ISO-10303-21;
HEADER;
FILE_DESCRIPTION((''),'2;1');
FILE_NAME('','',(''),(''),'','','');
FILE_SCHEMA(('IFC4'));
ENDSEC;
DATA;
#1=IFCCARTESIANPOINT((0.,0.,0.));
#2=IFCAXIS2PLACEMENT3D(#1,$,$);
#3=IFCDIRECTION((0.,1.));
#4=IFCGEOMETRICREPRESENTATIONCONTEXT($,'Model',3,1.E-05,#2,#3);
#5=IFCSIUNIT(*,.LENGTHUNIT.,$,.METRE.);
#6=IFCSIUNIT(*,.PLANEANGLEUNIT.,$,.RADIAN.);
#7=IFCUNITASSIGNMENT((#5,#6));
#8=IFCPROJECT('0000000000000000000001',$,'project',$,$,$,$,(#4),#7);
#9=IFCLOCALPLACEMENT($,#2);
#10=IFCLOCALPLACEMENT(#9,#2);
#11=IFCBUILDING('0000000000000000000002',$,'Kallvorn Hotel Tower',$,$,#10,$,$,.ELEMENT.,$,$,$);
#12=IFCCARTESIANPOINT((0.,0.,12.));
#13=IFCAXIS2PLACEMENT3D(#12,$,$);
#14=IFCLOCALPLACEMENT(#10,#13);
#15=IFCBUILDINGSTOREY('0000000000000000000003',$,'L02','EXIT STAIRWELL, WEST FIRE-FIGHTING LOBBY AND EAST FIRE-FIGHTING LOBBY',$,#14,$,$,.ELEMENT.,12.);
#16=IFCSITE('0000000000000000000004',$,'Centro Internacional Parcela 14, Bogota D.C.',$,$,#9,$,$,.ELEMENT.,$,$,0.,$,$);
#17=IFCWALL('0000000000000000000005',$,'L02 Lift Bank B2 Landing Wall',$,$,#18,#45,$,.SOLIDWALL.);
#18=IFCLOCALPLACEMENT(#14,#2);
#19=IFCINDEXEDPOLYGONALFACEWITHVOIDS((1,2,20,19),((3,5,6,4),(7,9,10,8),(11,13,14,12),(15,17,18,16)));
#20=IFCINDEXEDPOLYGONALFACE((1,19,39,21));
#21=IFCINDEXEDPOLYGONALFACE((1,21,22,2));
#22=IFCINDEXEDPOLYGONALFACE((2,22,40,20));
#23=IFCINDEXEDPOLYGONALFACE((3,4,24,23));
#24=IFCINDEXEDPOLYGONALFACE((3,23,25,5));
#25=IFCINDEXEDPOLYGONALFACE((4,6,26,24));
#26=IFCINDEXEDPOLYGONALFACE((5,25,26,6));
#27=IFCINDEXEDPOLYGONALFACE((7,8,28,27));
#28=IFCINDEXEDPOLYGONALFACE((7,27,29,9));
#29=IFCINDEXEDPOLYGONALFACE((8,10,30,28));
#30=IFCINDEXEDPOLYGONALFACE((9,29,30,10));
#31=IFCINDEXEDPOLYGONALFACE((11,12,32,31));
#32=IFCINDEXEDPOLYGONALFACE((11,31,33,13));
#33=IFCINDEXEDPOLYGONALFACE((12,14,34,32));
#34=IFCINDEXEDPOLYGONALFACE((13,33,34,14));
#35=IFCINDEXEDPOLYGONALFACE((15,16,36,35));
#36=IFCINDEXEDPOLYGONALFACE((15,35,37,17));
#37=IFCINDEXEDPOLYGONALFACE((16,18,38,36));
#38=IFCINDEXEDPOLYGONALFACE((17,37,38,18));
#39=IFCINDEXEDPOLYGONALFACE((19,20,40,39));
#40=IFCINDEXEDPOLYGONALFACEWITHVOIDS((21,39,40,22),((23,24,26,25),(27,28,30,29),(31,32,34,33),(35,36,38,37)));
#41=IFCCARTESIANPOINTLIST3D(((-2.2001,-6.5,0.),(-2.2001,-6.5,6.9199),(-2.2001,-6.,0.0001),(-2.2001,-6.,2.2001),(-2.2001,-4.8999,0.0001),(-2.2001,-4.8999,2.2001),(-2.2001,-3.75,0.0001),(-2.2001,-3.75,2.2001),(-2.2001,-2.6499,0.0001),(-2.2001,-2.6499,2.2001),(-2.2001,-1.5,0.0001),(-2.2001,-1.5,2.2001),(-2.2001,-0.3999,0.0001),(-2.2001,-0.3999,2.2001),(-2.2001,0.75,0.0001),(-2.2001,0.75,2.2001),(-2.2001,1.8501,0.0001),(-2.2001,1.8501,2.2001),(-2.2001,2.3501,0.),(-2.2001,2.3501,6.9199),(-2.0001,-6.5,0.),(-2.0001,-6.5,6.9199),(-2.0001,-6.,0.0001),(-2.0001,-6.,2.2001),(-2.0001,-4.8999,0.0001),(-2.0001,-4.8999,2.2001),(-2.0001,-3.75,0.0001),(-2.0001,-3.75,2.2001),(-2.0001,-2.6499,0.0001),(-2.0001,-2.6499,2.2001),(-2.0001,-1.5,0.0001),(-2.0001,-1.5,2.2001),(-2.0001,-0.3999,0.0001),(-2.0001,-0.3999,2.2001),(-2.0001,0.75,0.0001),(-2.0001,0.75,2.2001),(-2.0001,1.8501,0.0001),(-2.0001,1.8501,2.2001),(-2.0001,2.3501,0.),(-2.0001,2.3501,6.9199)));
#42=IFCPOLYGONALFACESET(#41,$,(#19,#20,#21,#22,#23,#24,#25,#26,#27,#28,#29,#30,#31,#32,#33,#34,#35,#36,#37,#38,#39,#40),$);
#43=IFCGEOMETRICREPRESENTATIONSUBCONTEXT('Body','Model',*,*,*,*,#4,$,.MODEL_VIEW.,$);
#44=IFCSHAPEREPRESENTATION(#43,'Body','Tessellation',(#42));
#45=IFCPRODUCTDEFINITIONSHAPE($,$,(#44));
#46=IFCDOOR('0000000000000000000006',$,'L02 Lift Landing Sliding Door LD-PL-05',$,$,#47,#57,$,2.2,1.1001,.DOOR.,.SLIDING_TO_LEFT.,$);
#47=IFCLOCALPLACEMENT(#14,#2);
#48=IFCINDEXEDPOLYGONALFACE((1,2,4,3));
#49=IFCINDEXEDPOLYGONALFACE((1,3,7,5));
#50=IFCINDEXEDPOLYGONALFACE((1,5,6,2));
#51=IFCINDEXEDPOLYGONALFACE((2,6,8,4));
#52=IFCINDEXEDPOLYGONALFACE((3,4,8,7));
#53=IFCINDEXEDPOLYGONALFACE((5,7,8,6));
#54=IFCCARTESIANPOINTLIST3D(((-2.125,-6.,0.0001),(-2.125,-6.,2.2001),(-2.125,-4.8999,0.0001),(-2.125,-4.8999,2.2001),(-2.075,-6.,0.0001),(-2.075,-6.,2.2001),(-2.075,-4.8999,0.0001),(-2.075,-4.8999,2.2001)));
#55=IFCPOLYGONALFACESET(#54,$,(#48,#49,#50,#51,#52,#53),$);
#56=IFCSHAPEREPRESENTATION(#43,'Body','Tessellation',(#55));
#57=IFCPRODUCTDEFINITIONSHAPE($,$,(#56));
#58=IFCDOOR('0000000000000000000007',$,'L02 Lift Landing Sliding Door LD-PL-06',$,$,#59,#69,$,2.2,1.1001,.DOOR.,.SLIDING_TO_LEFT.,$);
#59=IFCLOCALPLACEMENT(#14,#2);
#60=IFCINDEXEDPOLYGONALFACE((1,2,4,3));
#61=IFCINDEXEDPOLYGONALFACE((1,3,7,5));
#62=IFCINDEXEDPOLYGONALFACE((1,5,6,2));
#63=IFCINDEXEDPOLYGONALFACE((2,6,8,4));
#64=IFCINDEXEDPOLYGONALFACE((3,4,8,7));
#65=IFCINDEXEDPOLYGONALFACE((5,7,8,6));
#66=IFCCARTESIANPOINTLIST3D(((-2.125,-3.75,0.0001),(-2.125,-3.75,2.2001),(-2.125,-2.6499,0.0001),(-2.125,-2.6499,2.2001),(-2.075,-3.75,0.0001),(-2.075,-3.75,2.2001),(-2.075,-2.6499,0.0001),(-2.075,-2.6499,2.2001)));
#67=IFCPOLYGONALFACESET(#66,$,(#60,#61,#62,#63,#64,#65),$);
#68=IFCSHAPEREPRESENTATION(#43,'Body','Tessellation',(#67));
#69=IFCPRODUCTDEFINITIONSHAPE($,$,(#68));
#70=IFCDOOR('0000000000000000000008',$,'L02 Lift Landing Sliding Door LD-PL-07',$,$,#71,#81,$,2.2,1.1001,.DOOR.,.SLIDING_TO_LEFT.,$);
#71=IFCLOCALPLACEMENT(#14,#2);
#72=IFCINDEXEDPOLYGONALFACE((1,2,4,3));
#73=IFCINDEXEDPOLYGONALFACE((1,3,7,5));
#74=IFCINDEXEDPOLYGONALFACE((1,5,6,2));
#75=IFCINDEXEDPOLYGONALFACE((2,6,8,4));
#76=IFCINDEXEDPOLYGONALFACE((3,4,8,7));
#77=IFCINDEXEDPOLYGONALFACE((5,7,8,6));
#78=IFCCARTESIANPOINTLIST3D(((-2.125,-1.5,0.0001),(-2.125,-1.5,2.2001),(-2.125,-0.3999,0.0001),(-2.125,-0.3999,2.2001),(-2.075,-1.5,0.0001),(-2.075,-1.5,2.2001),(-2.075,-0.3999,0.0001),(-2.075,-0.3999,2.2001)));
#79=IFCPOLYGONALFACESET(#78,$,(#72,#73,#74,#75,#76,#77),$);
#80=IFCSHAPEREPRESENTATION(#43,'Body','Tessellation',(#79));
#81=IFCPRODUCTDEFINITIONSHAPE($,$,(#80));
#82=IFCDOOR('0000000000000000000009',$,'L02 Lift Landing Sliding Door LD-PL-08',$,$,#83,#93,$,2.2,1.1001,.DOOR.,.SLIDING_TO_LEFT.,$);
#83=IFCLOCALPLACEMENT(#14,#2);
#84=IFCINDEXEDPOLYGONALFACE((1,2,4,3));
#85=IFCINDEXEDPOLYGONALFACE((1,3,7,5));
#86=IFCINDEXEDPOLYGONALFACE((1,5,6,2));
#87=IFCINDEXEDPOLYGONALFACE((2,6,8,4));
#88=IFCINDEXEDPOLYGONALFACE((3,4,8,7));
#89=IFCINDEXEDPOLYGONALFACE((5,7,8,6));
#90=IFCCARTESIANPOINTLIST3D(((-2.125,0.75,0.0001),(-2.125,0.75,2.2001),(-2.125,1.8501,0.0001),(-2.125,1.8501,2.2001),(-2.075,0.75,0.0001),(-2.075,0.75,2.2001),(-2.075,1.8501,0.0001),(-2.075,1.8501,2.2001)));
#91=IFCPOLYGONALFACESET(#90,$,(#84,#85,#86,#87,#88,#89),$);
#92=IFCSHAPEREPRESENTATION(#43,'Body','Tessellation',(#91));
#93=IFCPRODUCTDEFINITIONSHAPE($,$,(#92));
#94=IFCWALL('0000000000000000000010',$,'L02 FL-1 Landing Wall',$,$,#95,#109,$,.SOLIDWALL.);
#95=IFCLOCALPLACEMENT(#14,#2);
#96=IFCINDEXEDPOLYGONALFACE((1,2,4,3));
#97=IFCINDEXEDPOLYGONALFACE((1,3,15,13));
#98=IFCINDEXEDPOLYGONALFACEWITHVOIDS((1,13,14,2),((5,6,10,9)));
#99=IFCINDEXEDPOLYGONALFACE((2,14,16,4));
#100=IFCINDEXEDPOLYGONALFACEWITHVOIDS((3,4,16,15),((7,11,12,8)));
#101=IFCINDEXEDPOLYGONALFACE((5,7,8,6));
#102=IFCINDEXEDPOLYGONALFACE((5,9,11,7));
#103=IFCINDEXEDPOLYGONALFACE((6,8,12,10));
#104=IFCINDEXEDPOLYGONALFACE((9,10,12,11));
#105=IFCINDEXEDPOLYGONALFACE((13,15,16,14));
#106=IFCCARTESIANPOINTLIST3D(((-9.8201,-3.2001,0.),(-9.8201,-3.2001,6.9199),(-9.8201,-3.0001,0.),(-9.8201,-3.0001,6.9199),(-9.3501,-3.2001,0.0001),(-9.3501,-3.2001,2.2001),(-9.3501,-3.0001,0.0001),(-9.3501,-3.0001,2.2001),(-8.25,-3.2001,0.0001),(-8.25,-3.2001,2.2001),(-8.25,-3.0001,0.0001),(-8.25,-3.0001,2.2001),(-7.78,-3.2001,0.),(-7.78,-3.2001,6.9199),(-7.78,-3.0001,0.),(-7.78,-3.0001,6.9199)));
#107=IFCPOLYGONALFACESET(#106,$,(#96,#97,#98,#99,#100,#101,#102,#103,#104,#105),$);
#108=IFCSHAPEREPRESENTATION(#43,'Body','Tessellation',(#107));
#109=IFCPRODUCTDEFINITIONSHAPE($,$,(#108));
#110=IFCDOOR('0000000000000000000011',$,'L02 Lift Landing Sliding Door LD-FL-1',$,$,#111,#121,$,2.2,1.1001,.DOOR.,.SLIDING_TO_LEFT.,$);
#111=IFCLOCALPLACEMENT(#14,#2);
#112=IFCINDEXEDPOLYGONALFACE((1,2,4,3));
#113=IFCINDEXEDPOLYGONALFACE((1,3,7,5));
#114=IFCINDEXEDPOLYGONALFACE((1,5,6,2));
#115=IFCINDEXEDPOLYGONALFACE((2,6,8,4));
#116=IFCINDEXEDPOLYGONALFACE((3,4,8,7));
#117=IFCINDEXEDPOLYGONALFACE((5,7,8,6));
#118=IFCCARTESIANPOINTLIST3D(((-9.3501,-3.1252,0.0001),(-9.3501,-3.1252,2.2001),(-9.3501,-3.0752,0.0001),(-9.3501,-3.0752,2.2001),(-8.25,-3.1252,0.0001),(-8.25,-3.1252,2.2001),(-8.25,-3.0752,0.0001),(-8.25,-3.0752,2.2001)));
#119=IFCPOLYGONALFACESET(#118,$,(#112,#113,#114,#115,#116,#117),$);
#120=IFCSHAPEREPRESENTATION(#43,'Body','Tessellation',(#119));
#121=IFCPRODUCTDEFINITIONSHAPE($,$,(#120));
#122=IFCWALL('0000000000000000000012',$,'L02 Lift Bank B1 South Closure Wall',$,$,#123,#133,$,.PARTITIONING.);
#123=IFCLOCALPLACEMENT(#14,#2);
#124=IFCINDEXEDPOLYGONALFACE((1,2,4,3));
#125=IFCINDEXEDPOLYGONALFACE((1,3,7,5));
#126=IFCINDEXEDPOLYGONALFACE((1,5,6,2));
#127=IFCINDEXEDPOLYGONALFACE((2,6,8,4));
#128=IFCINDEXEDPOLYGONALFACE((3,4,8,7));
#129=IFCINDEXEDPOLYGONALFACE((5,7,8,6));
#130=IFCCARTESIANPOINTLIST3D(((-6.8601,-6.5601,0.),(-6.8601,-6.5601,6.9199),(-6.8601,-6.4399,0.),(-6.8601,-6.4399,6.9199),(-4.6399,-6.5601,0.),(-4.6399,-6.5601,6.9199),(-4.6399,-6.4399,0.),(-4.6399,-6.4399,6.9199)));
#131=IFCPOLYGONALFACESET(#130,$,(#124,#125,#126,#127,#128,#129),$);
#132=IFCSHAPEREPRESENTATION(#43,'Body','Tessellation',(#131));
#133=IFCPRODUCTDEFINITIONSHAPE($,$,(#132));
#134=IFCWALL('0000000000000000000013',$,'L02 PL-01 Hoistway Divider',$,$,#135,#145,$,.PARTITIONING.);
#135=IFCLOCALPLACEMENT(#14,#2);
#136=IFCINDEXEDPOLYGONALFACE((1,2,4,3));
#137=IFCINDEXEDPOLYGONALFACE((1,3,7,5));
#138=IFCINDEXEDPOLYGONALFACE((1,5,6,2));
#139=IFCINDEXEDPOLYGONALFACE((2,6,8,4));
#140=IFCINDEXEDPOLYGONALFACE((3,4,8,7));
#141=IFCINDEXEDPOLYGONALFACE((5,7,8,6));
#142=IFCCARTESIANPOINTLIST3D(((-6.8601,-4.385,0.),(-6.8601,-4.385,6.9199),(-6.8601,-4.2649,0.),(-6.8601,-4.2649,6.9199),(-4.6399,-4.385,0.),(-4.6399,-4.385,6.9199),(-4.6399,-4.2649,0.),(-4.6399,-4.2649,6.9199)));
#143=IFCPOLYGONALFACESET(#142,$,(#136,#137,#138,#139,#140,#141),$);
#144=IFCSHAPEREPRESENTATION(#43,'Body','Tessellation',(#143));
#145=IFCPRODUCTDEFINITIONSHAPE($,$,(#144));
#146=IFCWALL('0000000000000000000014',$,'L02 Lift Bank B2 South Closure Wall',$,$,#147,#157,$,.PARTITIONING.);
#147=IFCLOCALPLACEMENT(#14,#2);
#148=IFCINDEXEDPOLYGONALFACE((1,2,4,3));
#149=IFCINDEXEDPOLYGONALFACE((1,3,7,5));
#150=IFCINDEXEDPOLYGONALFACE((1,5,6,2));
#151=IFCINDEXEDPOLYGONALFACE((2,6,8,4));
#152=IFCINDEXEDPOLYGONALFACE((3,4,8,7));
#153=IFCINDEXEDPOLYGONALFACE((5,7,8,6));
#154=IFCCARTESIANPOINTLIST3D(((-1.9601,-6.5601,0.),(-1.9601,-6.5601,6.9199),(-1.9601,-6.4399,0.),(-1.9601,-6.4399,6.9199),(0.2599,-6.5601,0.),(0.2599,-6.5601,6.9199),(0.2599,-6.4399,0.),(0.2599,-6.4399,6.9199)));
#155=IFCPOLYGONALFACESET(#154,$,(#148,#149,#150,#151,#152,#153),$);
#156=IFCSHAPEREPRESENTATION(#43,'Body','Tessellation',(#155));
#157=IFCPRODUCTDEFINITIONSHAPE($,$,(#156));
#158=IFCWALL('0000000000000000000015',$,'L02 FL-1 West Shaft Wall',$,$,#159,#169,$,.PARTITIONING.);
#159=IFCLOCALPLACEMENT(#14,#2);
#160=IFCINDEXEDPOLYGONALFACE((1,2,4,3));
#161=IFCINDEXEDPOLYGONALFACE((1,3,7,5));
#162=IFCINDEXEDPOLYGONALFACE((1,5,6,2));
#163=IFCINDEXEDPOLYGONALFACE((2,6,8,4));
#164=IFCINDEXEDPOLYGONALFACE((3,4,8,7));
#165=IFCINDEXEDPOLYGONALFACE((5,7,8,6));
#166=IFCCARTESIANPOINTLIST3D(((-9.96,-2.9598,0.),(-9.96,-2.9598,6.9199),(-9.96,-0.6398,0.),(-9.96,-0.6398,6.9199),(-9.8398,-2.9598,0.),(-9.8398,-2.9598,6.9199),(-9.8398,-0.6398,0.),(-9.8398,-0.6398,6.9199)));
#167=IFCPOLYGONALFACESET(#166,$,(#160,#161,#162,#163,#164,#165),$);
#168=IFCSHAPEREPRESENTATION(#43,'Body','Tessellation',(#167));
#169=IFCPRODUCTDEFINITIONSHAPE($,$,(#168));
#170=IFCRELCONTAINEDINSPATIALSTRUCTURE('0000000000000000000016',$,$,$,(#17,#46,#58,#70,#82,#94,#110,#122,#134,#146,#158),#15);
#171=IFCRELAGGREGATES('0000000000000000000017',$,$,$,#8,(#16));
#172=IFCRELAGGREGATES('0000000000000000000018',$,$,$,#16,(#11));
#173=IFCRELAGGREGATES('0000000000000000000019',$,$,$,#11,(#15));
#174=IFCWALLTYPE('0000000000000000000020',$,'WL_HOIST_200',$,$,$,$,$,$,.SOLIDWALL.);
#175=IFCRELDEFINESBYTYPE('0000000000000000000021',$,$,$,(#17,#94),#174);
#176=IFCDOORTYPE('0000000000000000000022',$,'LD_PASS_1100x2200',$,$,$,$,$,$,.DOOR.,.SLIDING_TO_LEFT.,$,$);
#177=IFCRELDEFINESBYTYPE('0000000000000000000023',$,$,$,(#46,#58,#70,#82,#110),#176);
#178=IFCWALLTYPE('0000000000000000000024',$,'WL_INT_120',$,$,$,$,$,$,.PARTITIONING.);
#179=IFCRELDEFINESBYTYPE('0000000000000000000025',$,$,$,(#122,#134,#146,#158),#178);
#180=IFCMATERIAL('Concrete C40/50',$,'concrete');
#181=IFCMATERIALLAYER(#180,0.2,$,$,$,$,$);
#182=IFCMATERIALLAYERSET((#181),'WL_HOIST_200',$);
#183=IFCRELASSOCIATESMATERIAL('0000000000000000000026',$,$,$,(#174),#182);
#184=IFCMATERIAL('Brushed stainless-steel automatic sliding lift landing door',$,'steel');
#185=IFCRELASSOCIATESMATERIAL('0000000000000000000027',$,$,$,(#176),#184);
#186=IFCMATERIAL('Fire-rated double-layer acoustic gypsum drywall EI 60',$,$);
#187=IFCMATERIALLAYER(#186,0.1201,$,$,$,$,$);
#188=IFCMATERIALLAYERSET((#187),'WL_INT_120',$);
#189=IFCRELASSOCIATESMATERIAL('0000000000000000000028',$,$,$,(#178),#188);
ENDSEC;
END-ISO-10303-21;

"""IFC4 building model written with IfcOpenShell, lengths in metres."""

from ifc_helpers import new_model, si_unit, direction, frame, frame_2d, origin, place, context, subcontext, project, spatial, rectangle, extrude, material, layer, layer_set, type_object, element, fill, save


model = new_model("IFC4")

# Units and contexts
model_context = context("Model", 3, precision=1e-05, world=origin(), true_north=direction((0.0, 1.0)))
body_context = subcontext(model_context, "Body", "Model", "MODEL_VIEW")
ifc_project = project(units=[si_unit("LENGTHUNIT", "METRE"), si_unit("PLANEANGLEUNIT", "RADIAN")], contexts=[model_context])

# Site, building, storey
site_placement = place(None, origin())
site = spatial("IfcSite", under=ifc_project, at=site_placement, Name="Centro Internacional Parcela 14, Bogota D.C.", CompositionType="ELEMENT", RefElevation=0.0)
building_placement = place(site_placement, origin())
building = spatial("IfcBuilding", under=site, at=building_placement, Name="Kallvorn Hotel Tower", CompositionType="ELEMENT")
storey_placement = place(building_placement, frame((0.0, 0.0, 12.0)))
storey = spatial("IfcBuildingStorey", under=building, at=storey_placement, Name="L02", Description="EXIT STAIRWELL, WEST FIRE-FIGHTING LOBBY AND EAST FIRE-FIGHTING LOBBY", CompositionType="ELEMENT", Elevation=12.0)

# Wall, openings, doors
ifc_material_1 = material(Name="Concrete C40/50", Category="concrete")
ifc_layer_1 = layer(ifc_material_1, 0.2)
ifc_layer_set_1 = layer_set([ifc_layer_1], Name="WL_HOIST_200")
wall_type_1 = type_object("IfcWallType", Name="WL_HOIST_200", PredefinedType="SOLIDWALL", material=ifc_layer_set_1)
ifc_material_2 = material(Name="Brushed stainless-steel automatic sliding lift landing door", Category="steel")
door_type = type_object("IfcDoorType", Name="LD_PASS_1100x2200", OperationType="SLIDING_TO_LEFT", PredefinedType="DOOR", material=ifc_material_2)
wall_1_placement = place(storey_placement, frame((-2.1001, -6.5, 0.0), z_axis=(0.0, 0.0, 1.0), x_axis=(0.0, 1.0, 0.0)))
wall_1 = element("IfcWall", 1, at=wall_1_placement, inside=storey, type_object=wall_type_1, Name="L02 Lift Bank B2 Landing Wall", PredefinedType="SOLIDWALL", context=body_context, shape_type="SweptSolid", body=[
    extrude(rectangle(XDim=8.8501, YDim=0.2, at=frame_2d((4.425, 0.0))), origin(), (0.0, 0.0, 1.0), 6.9199),
])
opening_1_placement = place(wall_1_placement, frame((0.5, 0.0, 0.0)))
opening_1 = element("IfcOpeningElement", 2, at=opening_1_placement, cuts=wall_1, PredefinedType="OPENING", context=body_context, shape_type="SweptSolid", body=[
    extrude(rectangle(XDim=1.1001, YDim=2.2, at=frame_2d((0.55, 1.1001))), frame((0.0, 0.115, 0.0), z_axis=(0.0, -1.0, 0.0), x_axis=(1.0, 0.0, 0.0)), (0.0, 0.0, 1.0), 0.23),
])
opening_2_placement = place(wall_1_placement, frame((2.75, 0.0, 0.0)))
opening_2 = element("IfcOpeningElement", 3, at=opening_2_placement, cuts=wall_1, PredefinedType="OPENING", context=body_context, shape_type="SweptSolid", body=[
    extrude(rectangle(XDim=1.1001, YDim=2.2, at=frame_2d((0.55, 1.1001))), frame((0.0, 0.115, 0.0), z_axis=(0.0, -1.0, 0.0), x_axis=(1.0, 0.0, 0.0)), (0.0, 0.0, 1.0), 0.23),
])
opening_3_placement = place(wall_1_placement, frame((5.0, 0.0, 0.0)))
opening_3 = element("IfcOpeningElement", 4, at=opening_3_placement, cuts=wall_1, PredefinedType="OPENING", context=body_context, shape_type="SweptSolid", body=[
    extrude(rectangle(XDim=1.1001, YDim=2.2, at=frame_2d((0.55, 1.1001))), frame((0.0, 0.115, 0.0), z_axis=(0.0, -1.0, 0.0), x_axis=(1.0, 0.0, 0.0)), (0.0, 0.0, 1.0), 0.23),
])
opening_4_placement = place(wall_1_placement, frame((7.25, 0.0, 0.0)))
opening_4 = element("IfcOpeningElement", 5, at=opening_4_placement, cuts=wall_1, PredefinedType="OPENING", context=body_context, shape_type="SweptSolid", body=[
    extrude(rectangle(XDim=1.1001, YDim=2.2, at=frame_2d((0.55, 1.1001))), frame((0.0, 0.115, 0.0), z_axis=(0.0, -1.0, 0.0), x_axis=(1.0, 0.0, 0.0)), (0.0, 0.0, 1.0), 0.23),
])
door_1_placement = place(opening_1_placement, origin())
door_1 = element("IfcDoor", 6, at=door_1_placement, inside=storey, type_object=door_type, Name="L02 Lift Landing Sliding Door LD-PL-05", OperationType="SLIDING_TO_LEFT", OverallHeight=2.2, OverallWidth=1.1001, PredefinedType="DOOR", context=body_context, shape_type="SweptSolid", body=[
    extrude(rectangle(XDim=1.1001, YDim=2.2, at=frame_2d((0.55, 1.1001))), frame((0.0, 0.0249, 0.0), z_axis=(0.0, -1.0, 0.0), x_axis=(1.0, 0.0, 0.0)), (0.0, 0.0, 1.0), 0.05),
])
fill(opening_1, door_1)
door_2_placement = place(opening_2_placement, origin())
door_2 = element("IfcDoor", 7, at=door_2_placement, inside=storey, type_object=door_type, Name="L02 Lift Landing Sliding Door LD-PL-06", OperationType="SLIDING_TO_LEFT", OverallHeight=2.2, OverallWidth=1.1001, PredefinedType="DOOR", context=body_context, shape_type="SweptSolid", body=[
    extrude(rectangle(XDim=1.1001, YDim=2.2, at=frame_2d((0.55, 1.1001))), frame((0.0, 0.0249, 0.0), z_axis=(0.0, -1.0, 0.0), x_axis=(1.0, 0.0, 0.0)), (0.0, 0.0, 1.0), 0.05),
])
fill(opening_2, door_2)
door_3_placement = place(opening_3_placement, origin())
door_3 = element("IfcDoor", 8, at=door_3_placement, inside=storey, type_object=door_type, Name="L02 Lift Landing Sliding Door LD-PL-07", OperationType="SLIDING_TO_LEFT", OverallHeight=2.2, OverallWidth=1.1001, PredefinedType="DOOR", context=body_context, shape_type="SweptSolid", body=[
    extrude(rectangle(XDim=1.1001, YDim=2.2, at=frame_2d((0.55, 1.1001))), frame((0.0, 0.0249, 0.0), z_axis=(0.0, -1.0, 0.0), x_axis=(1.0, 0.0, 0.0)), (0.0, 0.0, 1.0), 0.05),
])
fill(opening_3, door_3)
door_4_placement = place(opening_4_placement, origin())
door_4 = element("IfcDoor", 9, at=door_4_placement, inside=storey, type_object=door_type, Name="L02 Lift Landing Sliding Door LD-PL-08", OperationType="SLIDING_TO_LEFT", OverallHeight=2.2, OverallWidth=1.1001, PredefinedType="DOOR", context=body_context, shape_type="SweptSolid", body=[
    extrude(rectangle(XDim=1.1001, YDim=2.2, at=frame_2d((0.55, 1.1001))), frame((0.0, 0.0249, 0.0), z_axis=(0.0, -1.0, 0.0), x_axis=(1.0, 0.0, 0.0)), (0.0, 0.0, 1.0), 0.05),
])
fill(opening_4, door_4)

# Wall, opening, door
wall_2_placement = place(storey_placement, frame((-9.8201, -3.1001, 0.0), z_axis=(0.0, 0.0, 1.0), x_axis=(1.0, 0.0, 0.0)))
wall_2 = element("IfcWall", 10, at=wall_2_placement, inside=storey, type_object=wall_type_1, Name="L02 FL-1 Landing Wall", PredefinedType="SOLIDWALL", context=body_context, shape_type="SweptSolid", body=[
    extrude(rectangle(XDim=2.04, YDim=0.2, at=frame_2d((1.02, 0.0))), origin(), (0.0, 0.0, 1.0), 6.9199),
])
opening_5_placement = place(wall_2_placement, frame((0.47, 0.0, 0.0)))
opening_5 = element("IfcOpeningElement", 11, at=opening_5_placement, cuts=wall_2, PredefinedType="OPENING", context=body_context, shape_type="SweptSolid", body=[
    extrude(rectangle(XDim=1.1001, YDim=2.2, at=frame_2d((0.55, 1.1001))), frame((0.0, 0.115, 0.0), z_axis=(0.0, -1.0, 0.0), x_axis=(1.0, 0.0, 0.0)), (0.0, 0.0, 1.0), 0.23),
])
door_5_placement = place(opening_5_placement, origin())
door_5 = element("IfcDoor", 12, at=door_5_placement, inside=storey, type_object=door_type, Name="L02 Lift Landing Sliding Door LD-FL-1", OperationType="SLIDING_TO_LEFT", OverallHeight=2.2, OverallWidth=1.1001, PredefinedType="DOOR", context=body_context, shape_type="SweptSolid", body=[
    extrude(rectangle(XDim=1.1001, YDim=2.2, at=frame_2d((0.55, 1.1001))), frame((0.0, 0.0249, 0.0), z_axis=(0.0, -1.0, 0.0), x_axis=(1.0, 0.0, 0.0)), (0.0, 0.0, 1.0), 0.05),
])
fill(opening_5, door_5)

# Walls
ifc_material_3 = material(Name="Fire-rated double-layer acoustic gypsum drywall EI 60")
ifc_layer_2 = layer(ifc_material_3, 0.1201)
ifc_layer_set_2 = layer_set([ifc_layer_2], Name="WL_INT_120")
wall_type_2 = type_object("IfcWallType", Name="WL_INT_120", PredefinedType="PARTITIONING", material=ifc_layer_set_2)
for number, where, z_axis, x_axis, name in (
    (13, (-6.8601, -6.5, 0.0), (0.0, 0.0, 1.0), (1.0, 0.0, 0.0), "L02 Lift Bank B1 South Closure Wall"),
    (14, (-6.8601, -4.325, 0.0), (0.0, 0.0, 1.0), (1.0, 0.0, 0.0), "L02 PL-01 Hoistway Divider"),
):
    element("IfcWall", number, at=place(storey_placement, frame(where, z_axis=z_axis, x_axis=x_axis)), inside=storey, type_object=wall_type_2, Name=name, PredefinedType="PARTITIONING", context=body_context, shape_type="SweptSolid", body=[
        extrude(rectangle(XDim=2.2202, YDim=0.1201, at=frame_2d((1.1101, 0.0))), origin(), (0.0, 0.0, 1.0), 6.9199),
    ])
wall_3_placement = place(storey_placement, frame((-1.96, -6.5, 0.0), z_axis=(0.0, 0.0, 1.0), x_axis=(1.0, 0.0, 0.0)))
element("IfcWall", 15, at=wall_3_placement, inside=storey, type_object=wall_type_2, Name="L02 Lift Bank B2 South Closure Wall", PredefinedType="PARTITIONING", context=body_context, shape_type="SweptSolid", body=[
    extrude(rectangle(XDim=2.22, YDim=0.1201, at=frame_2d((1.1099, 0.0))), origin(), (0.0, 0.0, 1.0), 6.9199),
])
wall_4_placement = place(storey_placement, frame((-9.8999, -2.96, 0.0), z_axis=(0.0, 0.0, 1.0), x_axis=(0.0, 1.0, 0.0)))
element("IfcWall", 16, at=wall_4_placement, inside=storey, type_object=wall_type_2, Name="L02 FL-1 West Shaft Wall", PredefinedType="PARTITIONING", context=body_context, shape_type="SweptSolid", body=[
    extrude(rectangle(XDim=2.3201, YDim=0.1201, at=frame_2d((1.1602, 0.0))), origin(), (0.0, 0.0, 1.0), 6.9199),
])

save(model, "model.ifc")
